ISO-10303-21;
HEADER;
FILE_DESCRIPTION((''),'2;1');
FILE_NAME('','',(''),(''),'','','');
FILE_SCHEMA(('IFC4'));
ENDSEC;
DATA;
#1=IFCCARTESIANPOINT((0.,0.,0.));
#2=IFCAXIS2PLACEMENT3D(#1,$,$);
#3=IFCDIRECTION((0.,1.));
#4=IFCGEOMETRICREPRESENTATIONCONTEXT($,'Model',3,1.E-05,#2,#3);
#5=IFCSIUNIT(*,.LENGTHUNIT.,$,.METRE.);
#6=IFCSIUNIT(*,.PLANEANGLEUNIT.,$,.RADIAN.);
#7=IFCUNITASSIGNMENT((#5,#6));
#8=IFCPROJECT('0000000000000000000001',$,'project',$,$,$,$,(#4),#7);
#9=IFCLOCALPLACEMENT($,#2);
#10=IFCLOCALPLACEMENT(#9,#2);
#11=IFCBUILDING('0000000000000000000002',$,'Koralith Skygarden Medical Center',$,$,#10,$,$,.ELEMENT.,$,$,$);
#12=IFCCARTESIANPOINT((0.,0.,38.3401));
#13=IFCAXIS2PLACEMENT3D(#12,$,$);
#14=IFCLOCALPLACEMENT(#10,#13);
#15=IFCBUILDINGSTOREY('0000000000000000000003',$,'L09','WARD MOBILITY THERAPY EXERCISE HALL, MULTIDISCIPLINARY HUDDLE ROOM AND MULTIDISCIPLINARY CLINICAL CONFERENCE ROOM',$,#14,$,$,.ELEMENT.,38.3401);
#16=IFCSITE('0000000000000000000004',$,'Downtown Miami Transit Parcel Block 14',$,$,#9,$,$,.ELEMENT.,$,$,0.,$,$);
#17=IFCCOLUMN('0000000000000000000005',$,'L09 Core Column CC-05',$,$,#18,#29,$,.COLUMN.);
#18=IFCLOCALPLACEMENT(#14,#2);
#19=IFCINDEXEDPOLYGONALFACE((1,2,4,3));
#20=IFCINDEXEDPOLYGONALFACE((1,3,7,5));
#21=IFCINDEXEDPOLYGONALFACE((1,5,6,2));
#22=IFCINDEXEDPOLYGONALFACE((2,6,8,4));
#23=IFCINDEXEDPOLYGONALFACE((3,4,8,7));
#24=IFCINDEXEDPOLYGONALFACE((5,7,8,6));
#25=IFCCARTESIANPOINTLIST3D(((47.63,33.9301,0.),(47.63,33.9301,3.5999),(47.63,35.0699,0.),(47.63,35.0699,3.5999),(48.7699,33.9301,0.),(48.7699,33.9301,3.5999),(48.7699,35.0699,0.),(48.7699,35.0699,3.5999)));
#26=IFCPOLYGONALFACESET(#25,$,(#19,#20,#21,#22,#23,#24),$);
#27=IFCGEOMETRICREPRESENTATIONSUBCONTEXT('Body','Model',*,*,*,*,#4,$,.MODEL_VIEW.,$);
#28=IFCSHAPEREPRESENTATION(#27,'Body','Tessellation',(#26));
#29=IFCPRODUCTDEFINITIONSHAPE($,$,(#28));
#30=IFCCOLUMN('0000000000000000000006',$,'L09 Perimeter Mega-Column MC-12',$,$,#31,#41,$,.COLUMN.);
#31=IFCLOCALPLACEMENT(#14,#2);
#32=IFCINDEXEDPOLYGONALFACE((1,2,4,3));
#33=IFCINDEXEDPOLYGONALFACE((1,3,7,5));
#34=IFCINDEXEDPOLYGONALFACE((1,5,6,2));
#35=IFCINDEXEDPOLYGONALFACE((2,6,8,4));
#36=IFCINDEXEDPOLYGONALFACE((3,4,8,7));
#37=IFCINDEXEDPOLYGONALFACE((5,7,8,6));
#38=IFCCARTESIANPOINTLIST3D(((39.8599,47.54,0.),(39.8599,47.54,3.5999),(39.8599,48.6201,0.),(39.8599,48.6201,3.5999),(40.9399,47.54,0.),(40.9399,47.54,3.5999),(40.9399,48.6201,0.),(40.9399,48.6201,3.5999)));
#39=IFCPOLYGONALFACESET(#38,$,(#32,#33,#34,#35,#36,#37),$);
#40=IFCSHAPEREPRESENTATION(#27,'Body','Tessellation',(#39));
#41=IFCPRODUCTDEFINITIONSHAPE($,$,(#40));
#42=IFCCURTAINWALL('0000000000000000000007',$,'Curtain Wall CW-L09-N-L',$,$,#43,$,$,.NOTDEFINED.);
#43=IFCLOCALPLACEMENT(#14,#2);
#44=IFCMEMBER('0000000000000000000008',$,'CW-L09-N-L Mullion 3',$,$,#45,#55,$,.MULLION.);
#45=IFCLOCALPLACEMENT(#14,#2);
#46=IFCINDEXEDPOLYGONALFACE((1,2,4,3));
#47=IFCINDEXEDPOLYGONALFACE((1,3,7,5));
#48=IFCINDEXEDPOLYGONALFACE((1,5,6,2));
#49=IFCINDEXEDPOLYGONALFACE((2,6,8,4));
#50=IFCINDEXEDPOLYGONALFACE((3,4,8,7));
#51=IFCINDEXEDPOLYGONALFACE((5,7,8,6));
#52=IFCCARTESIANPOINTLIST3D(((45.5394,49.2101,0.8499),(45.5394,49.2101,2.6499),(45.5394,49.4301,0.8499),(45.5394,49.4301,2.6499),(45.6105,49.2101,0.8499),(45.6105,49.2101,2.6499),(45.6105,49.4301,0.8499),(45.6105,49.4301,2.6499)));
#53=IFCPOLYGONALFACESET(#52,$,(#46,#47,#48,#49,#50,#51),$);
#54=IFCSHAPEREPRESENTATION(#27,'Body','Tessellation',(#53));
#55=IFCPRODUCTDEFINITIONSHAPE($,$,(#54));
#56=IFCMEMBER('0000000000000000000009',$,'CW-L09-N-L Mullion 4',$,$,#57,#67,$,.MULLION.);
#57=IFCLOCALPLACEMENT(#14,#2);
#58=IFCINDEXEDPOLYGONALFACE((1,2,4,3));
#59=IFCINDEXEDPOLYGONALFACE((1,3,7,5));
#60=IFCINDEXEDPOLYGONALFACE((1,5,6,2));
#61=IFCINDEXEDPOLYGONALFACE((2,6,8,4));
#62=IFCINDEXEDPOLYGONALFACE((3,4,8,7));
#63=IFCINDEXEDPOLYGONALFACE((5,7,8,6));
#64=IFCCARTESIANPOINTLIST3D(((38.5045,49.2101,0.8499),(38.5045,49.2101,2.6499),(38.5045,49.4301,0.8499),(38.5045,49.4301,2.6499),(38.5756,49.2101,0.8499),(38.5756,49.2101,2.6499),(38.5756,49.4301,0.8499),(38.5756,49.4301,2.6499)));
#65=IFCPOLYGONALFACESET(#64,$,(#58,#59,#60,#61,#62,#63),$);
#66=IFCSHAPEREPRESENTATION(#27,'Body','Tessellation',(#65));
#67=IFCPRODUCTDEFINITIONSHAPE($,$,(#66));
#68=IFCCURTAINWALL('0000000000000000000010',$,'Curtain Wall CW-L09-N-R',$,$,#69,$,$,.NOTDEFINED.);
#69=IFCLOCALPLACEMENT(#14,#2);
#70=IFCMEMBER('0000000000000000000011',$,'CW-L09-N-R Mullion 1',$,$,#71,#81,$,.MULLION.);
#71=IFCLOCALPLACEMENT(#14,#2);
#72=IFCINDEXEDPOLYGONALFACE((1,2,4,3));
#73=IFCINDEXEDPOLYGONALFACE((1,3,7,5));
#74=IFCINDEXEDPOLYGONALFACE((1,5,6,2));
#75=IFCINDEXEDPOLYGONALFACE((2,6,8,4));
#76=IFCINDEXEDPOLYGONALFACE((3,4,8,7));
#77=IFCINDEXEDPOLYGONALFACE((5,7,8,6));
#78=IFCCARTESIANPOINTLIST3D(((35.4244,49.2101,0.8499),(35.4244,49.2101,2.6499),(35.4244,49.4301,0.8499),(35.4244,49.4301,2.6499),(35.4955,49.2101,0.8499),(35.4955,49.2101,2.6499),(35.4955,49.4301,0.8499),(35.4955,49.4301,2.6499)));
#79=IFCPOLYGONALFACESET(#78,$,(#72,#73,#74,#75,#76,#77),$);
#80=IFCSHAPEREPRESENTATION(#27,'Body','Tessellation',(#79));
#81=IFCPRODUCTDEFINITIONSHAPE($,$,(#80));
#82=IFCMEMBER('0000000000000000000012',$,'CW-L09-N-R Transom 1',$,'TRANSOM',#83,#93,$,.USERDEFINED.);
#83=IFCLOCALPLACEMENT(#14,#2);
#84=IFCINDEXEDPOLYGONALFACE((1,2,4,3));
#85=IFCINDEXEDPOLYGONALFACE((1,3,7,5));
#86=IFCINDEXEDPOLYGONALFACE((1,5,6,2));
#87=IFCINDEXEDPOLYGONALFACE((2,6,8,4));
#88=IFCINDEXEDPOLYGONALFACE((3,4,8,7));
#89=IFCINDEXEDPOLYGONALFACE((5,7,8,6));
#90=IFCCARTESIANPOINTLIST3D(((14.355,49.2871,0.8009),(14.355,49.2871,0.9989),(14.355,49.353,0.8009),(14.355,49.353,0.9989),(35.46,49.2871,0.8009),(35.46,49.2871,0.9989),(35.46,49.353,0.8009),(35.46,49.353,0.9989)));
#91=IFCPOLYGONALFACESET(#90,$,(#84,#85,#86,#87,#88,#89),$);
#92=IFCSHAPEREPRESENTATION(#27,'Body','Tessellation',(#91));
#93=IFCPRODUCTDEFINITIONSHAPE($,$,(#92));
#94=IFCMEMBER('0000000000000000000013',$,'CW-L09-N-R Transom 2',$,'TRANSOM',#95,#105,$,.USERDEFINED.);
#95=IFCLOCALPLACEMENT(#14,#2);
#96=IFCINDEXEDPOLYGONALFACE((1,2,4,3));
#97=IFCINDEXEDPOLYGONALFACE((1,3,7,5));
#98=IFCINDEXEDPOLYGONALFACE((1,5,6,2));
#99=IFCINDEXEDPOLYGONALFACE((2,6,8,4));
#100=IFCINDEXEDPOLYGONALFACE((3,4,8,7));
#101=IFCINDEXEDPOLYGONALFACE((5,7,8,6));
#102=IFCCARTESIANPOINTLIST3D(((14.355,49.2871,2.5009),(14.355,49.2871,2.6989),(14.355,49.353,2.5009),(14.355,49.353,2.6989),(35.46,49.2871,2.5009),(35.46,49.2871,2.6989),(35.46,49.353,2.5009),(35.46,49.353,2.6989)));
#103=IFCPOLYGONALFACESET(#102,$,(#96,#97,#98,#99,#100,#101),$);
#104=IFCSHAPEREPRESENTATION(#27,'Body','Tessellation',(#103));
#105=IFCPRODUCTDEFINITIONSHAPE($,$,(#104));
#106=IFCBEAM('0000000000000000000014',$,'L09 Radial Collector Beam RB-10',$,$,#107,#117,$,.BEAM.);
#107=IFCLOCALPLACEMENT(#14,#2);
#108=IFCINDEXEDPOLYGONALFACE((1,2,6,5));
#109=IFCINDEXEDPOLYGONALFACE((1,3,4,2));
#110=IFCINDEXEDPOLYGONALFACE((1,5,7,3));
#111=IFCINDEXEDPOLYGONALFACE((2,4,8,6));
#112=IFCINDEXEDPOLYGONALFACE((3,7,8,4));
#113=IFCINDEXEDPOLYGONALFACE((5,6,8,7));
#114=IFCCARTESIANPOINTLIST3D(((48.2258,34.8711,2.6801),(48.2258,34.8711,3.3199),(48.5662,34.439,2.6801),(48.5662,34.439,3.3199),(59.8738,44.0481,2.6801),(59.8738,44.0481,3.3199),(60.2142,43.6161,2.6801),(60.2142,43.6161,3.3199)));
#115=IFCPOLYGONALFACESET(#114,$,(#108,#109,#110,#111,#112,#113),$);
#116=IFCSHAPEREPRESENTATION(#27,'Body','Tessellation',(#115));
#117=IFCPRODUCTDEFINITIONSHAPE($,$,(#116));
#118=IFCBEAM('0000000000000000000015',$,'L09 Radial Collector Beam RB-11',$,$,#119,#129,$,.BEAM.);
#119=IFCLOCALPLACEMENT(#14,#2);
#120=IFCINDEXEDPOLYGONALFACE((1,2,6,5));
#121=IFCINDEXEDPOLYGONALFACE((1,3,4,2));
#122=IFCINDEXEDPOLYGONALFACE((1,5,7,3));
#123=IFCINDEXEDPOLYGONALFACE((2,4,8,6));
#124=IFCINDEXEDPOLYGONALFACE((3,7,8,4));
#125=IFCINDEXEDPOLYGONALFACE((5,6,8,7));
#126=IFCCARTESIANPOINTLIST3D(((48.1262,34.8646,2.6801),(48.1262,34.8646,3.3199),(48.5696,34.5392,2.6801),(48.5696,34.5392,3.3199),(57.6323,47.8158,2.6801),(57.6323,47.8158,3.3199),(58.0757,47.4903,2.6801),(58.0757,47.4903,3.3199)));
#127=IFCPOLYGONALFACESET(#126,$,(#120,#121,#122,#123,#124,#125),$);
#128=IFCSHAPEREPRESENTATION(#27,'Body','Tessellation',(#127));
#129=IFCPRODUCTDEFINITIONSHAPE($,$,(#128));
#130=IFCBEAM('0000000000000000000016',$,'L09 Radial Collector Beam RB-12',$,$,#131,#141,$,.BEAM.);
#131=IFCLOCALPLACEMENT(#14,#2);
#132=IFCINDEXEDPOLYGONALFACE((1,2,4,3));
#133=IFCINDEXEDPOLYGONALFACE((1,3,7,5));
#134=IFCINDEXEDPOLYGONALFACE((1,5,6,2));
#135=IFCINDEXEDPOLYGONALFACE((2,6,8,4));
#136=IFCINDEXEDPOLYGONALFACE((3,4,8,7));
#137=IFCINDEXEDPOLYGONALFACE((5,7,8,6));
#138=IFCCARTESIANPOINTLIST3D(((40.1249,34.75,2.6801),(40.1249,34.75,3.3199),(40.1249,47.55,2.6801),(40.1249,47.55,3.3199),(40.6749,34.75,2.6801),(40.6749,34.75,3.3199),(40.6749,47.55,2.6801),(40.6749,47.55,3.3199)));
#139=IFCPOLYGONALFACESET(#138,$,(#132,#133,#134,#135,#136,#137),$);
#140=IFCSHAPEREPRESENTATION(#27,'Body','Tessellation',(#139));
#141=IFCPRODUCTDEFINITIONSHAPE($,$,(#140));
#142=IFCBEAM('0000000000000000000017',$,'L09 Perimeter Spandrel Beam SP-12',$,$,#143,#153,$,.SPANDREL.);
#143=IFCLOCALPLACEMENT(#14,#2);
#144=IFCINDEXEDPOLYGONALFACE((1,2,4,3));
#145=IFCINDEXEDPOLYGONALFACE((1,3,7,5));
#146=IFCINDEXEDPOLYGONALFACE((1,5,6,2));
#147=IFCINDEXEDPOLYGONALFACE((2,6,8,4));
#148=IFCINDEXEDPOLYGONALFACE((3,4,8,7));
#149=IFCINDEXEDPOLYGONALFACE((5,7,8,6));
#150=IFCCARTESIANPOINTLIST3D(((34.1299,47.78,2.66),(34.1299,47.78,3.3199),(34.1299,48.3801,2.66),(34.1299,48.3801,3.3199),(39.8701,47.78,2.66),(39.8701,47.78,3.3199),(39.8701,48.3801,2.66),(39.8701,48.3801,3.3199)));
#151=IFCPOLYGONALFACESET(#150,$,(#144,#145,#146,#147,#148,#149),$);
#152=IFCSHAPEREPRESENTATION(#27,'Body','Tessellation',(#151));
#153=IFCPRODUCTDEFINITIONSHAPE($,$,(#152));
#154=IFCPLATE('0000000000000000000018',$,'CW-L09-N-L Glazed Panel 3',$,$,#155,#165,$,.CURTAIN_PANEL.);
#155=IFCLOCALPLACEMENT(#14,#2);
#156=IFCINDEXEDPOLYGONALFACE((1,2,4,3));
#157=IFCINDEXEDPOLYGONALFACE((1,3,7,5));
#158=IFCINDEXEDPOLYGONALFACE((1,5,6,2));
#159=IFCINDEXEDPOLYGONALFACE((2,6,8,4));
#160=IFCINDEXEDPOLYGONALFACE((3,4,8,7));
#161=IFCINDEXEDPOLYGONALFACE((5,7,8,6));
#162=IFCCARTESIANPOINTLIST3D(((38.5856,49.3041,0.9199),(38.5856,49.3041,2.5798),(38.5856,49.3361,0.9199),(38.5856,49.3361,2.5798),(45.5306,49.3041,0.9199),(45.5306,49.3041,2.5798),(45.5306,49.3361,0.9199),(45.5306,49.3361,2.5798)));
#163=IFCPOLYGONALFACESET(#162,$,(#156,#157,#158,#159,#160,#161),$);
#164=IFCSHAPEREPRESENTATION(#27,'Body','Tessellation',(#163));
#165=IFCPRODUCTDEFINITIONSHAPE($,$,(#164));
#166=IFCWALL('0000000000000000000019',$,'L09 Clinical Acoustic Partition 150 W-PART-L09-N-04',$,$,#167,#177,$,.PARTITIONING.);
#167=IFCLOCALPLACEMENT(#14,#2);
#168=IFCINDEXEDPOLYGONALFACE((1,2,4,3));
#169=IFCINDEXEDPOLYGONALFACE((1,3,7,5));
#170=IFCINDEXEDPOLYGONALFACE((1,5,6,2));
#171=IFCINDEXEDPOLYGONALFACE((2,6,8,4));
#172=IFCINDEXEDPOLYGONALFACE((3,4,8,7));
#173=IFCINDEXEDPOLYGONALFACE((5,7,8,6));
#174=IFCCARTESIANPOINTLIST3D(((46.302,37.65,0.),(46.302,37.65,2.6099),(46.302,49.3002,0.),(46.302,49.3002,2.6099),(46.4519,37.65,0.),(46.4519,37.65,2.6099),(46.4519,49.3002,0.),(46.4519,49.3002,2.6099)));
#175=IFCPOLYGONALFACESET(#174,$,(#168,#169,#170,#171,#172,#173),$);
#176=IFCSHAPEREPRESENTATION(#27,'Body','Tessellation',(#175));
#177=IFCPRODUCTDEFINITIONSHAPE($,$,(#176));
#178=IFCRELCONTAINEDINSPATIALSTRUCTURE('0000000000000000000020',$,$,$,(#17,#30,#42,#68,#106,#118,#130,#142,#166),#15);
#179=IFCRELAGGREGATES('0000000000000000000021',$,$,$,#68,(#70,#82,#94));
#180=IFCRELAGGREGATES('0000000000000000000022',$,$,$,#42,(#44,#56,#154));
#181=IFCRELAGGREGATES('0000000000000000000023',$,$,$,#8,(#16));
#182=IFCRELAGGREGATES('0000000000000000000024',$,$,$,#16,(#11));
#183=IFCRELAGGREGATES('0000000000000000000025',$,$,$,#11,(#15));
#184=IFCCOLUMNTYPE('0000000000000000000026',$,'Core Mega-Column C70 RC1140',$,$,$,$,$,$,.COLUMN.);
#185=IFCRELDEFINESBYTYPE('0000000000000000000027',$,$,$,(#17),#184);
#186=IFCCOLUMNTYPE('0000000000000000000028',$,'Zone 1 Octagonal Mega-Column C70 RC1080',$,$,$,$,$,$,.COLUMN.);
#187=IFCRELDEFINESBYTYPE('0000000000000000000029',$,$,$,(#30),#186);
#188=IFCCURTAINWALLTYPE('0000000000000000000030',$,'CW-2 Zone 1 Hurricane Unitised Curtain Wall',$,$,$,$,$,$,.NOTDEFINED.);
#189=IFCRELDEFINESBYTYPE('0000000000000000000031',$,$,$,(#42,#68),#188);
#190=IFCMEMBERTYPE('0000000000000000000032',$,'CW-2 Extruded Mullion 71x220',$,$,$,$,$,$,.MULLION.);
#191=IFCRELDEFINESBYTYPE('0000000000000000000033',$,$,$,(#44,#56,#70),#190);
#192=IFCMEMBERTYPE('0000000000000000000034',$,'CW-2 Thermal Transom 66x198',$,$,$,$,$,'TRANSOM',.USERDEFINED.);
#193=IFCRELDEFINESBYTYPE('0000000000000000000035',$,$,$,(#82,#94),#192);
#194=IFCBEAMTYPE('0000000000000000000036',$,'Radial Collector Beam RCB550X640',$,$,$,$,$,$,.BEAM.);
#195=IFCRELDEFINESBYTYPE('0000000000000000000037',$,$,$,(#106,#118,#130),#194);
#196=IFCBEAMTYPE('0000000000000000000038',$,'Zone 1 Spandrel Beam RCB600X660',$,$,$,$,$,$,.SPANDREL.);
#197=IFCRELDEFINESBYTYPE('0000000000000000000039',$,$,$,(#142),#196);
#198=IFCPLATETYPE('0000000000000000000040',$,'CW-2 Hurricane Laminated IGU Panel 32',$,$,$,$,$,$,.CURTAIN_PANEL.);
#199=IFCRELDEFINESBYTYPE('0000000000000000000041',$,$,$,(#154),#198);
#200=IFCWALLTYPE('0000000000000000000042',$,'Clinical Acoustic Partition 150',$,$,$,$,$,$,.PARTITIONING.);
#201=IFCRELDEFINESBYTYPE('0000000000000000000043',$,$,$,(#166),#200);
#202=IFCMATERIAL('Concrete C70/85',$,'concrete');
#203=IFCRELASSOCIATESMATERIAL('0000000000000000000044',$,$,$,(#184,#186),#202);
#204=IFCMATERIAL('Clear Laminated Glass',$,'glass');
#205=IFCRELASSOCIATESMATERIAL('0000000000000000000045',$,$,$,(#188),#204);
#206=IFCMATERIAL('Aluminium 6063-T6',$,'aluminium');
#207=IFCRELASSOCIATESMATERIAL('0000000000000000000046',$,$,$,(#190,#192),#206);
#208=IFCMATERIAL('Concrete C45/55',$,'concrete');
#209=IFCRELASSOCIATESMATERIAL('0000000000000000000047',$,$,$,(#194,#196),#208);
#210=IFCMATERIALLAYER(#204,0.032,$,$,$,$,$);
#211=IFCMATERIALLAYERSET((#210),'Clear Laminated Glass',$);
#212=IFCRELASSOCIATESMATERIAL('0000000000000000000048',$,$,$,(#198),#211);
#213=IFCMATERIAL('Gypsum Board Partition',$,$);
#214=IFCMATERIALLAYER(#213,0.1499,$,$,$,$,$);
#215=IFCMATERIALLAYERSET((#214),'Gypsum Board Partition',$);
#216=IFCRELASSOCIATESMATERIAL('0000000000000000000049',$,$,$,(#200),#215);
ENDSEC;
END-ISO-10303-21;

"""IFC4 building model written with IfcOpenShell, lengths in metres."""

from ifc_helpers import new_model, si_unit, direction, frame, frame_2d, origin, origin_2d, place, context, subcontext, project, spatial, rectangle, extrude, material, layer, layer_set, material_profile, profile_set, type_object, element, aggregate, save


model = new_model("IFC4")

# Units and contexts
model_context = context("Model", 3, precision=1e-05, world=origin(), true_north=direction((0.0, 1.0)))
body_context = subcontext(model_context, "Body", "Model", "MODEL_VIEW")
ifc_project = project(units=[si_unit("LENGTHUNIT", "METRE"), si_unit("PLANEANGLEUNIT", "RADIAN")], contexts=[model_context])

# Site, building, storey
site_placement = place(None, origin())
site = spatial("IfcSite", under=ifc_project, at=site_placement, Name="Downtown Miami Transit Parcel Block 14", CompositionType="ELEMENT", RefElevation=0.0)
building_placement = place(site_placement, origin())
building = spatial("IfcBuilding", under=site, at=building_placement, Name="Koralith Skygarden Medical Center", CompositionType="ELEMENT")
storey_placement = place(building_placement, frame((0.0, 0.0, 38.3401)))
storey = spatial("IfcBuildingStorey", under=building, at=storey_placement, Name="L09", Description="WARD MOBILITY THERAPY EXERCISE HALL, MULTIDISCIPLINARY HUDDLE ROOM AND MULTIDISCIPLINARY CLINICAL CONFERENCE ROOM", CompositionType="ELEMENT", Elevation=38.3401)

# Columns
ifc_material_1 = material(Name="Concrete C70/85", Category="concrete")
ifc_material_profile_1 = material_profile(ifc_material_1, rectangle(XDim=1.1399, YDim=1.1399, at=origin_2d()), Name="RC1140X1140")
ifc_profile_set_1 = profile_set([ifc_material_profile_1], Name="Concrete C70/85")
column_type_1 = type_object("IfcColumnType", Name="Core Mega-Column C70 RC1140", PredefinedType="COLUMN", material=ifc_profile_set_1)
column_1_placement = place(storey_placement, frame((48.2, 34.5, 0.0), z_axis=(0.0, 0.0, 1.0), x_axis=(1.0, 0.0, 0.0)))
element("IfcColumn", 1, at=column_1_placement, inside=storey, type_object=column_type_1, Name="L09 Core Column CC-05", PredefinedType="COLUMN", context=body_context, shape_type="SweptSolid", body=[
    extrude(rectangle(XDim=1.1399, YDim=1.1399, at=origin_2d()), origin(), (0.0, 0.0, 1.0), 3.5999),
])
ifc_material_profile_2 = material_profile(ifc_material_1, rectangle(XDim=1.0801, YDim=1.0801, at=origin_2d()), Name="RC1080X1080")
ifc_profile_set_2 = profile_set([ifc_material_profile_2], Name="Concrete C70/85")
column_type_2 = type_object("IfcColumnType", Name="Zone 1 Octagonal Mega-Column C70 RC1080", PredefinedType="COLUMN", material=ifc_profile_set_2)
column_2_placement = place(storey_placement, frame((40.3999, 48.0801, 0.0), z_axis=(0.0, 0.0, 1.0), x_axis=(1.0, 0.0, 0.0)))
element("IfcColumn", 2, at=column_2_placement, inside=storey, type_object=column_type_2, Name="L09 Perimeter Mega-Column MC-12", PredefinedType="COLUMN", context=body_context, shape_type="SweptSolid", body=[
    extrude(rectangle(XDim=1.0801, YDim=1.0801, at=origin_2d()), origin(), (0.0, 0.0, 1.0), 3.5999),
])

# Curtain walls, members
ifc_material_2 = material(Name="Clear Laminated Glass", Category="glass")
curtain_wall_type = type_object("IfcCurtainWallType", Name="CW-2 Zone 1 Hurricane Unitised Curtain Wall", PredefinedType="NOTDEFINED", material=ifc_material_2)
curtain_wall_1_placement = place(storey_placement, origin())
curtain_wall_1 = element("IfcCurtainWall", 3, at=curtain_wall_1_placement, inside=storey, type_object=curtain_wall_type, Name="Curtain Wall CW-L09-N-L", PredefinedType="NOTDEFINED")
ifc_material_3 = material(Name="Aluminium 6063-T6", Category="aluminium")
ifc_material_profile_3 = material_profile(ifc_material_3, rectangle(XDim=0.071, YDim=0.22, at=origin_2d()), Name="MUL71X220")
ifc_profile_set_3 = profile_set([ifc_material_profile_3], Name="Aluminium 6063-T6")
member_type_1 = type_object("IfcMemberType", Name="CW-2 Extruded Mullion 71x220", PredefinedType="MULLION", material=ifc_profile_set_3)
member_1_placement = place(storey_placement, frame((45.575, 49.3201, 0.8499), z_axis=(0.0, 0.0, 1.0), x_axis=(1.0, 0.0, 0.0)))
member_1 = element("IfcMember", 4, at=member_1_placement, type_object=member_type_1, Name="CW-L09-N-L Mullion 3", PredefinedType="MULLION", context=body_context, shape_type="SweptSolid", body=[
    extrude(rectangle(XDim=0.071, YDim=0.22, at=origin_2d()), origin(), (0.0, 0.0, 1.0), 1.8),
])
member_2_placement = place(storey_placement, frame((38.54, 49.3201, 0.8499), z_axis=(0.0, 0.0, 1.0), x_axis=(1.0, 0.0, 0.0)))
member_2 = element("IfcMember", 5, at=member_2_placement, type_object=member_type_1, Name="CW-L09-N-L Mullion 4", PredefinedType="MULLION", context=body_context, shape_type="SweptSolid", body=[
    extrude(rectangle(XDim=0.071, YDim=0.22, at=origin_2d()), origin(), (0.0, 0.0, 1.0), 1.8),
])
curtain_wall_2_placement = place(storey_placement, origin())
curtain_wall_2 = element("IfcCurtainWall", 6, at=curtain_wall_2_placement, inside=storey, type_object=curtain_wall_type, Name="Curtain Wall CW-L09-N-R", PredefinedType="NOTDEFINED")
member_3_placement = place(storey_placement, frame((35.46, 49.3201, 0.8499), z_axis=(0.0, 0.0, 1.0), x_axis=(1.0, 0.0, 0.0)))
member_3 = element("IfcMember", 7, at=member_3_placement, type_object=member_type_1, Name="CW-L09-N-R Mullion 1", PredefinedType="MULLION", context=body_context, shape_type="SweptSolid", body=[
    extrude(rectangle(XDim=0.071, YDim=0.22, at=origin_2d()), origin(), (0.0, 0.0, 1.0), 1.8),
])
ifc_material_profile_4 = material_profile(ifc_material_3, rectangle(XDim=0.0659, YDim=0.198, at=origin_2d()), Name="TRN66X198")
ifc_profile_set_4 = profile_set([ifc_material_profile_4], Name="Aluminium 6063-T6")
member_type_2 = type_object("IfcMemberType", Name="CW-2 Thermal Transom 66x198", ElementType="TRANSOM", PredefinedType="USERDEFINED", material=ifc_profile_set_4)
member_4_placement = place(storey_placement, frame((35.46, 49.3201, 0.8999), z_axis=(-1.0, 0.0, 0.0), x_axis=(0.0, -1.0, 0.0)))
member_4 = element("IfcMember", 8, at=member_4_placement, type_object=member_type_2, Name="CW-L09-N-R Transom 1", ObjectType="TRANSOM", PredefinedType="USERDEFINED", context=body_context, shape_type="SweptSolid", body=[
    extrude(rectangle(XDim=0.0659, YDim=0.198, at=origin_2d()), origin(), (0.0, 0.0, 1.0), 21.105),
])
member_5_placement = place(storey_placement, frame((35.46, 49.3201, 2.5999), z_axis=(-1.0, 0.0, 0.0), x_axis=(0.0, -1.0, 0.0)))
member_5 = element("IfcMember", 9, at=member_5_placement, type_object=member_type_2, Name="CW-L09-N-R Transom 2", ObjectType="TRANSOM", PredefinedType="USERDEFINED", context=body_context, shape_type="SweptSolid", body=[
    extrude(rectangle(XDim=0.0659, YDim=0.198, at=origin_2d()), origin(), (0.0, 0.0, 1.0), 21.105),
])
aggregate(curtain_wall_2, [member_3, member_4, member_5])

# Beams
ifc_material_4 = material(Name="Concrete C45/55", Category="concrete")
ifc_material_profile_5 = material_profile(ifc_material_4, rectangle(XDim=0.55, YDim=0.6399, at=origin_2d()), Name="RCB550X640")
ifc_profile_set_5 = profile_set([ifc_material_profile_5], Name="Concrete C45/55")
beam_type_1 = type_object("IfcBeamType", Name="Radial Collector Beam RCB550X640", PredefinedType="BEAM", material=ifc_profile_set_5)
beam_1_placement = place(storey_placement, frame((48.396, 34.655, 3.0), z_axis=(0.785497, 0.618865, 0.0), x_axis=(-0.618865, 0.785497, 0.0)))
element("IfcBeam", 10, at=beam_1_placement, inside=storey, type_object=beam_type_1, Name="L09 Radial Collector Beam RB-10", PredefinedType="BEAM", context=body_context, shape_type="SweptSolid", body=[
    extrude(rectangle(XDim=0.55, YDim=0.6399, at=origin_2d()), origin(), (0.0, 0.0, 1.0), 14.8289),
])
beam_2_placement = place(storey_placement, frame((48.3479, 34.7019, 3.0), z_axis=(0.591711, 0.80615, 0.0), x_axis=(-0.80615, 0.591711, 0.0)))
element("IfcBeam", 11, at=beam_2_placement, inside=storey, type_object=beam_type_1, Name="L09 Radial Collector Beam RB-11", PredefinedType="BEAM", context=body_context, shape_type="SweptSolid", body=[
    extrude(rectangle(XDim=0.55, YDim=0.6399, at=origin_2d()), origin(), (0.0, 0.0, 1.0), 16.0654),
])
beam_3_placement = place(storey_placement, frame((40.3999, 34.75, 3.0), z_axis=(0.0, 1.0, 0.0), x_axis=(-1.0, 0.0, 0.0)))
element("IfcBeam", 12, at=beam_3_placement, inside=storey, type_object=beam_type_1, Name="L09 Radial Collector Beam RB-12", PredefinedType="BEAM", context=body_context, shape_type="SweptSolid", body=[
    extrude(rectangle(XDim=0.55, YDim=0.6399, at=origin_2d()), origin(), (0.0, 0.0, 1.0), 12.8),
])
ifc_material_profile_6 = material_profile(ifc_material_4, rectangle(XDim=0.6001, YDim=0.6599, at=origin_2d()), Name="RCB600X660")
ifc_profile_set_6 = profile_set([ifc_material_profile_6], Name="Concrete C45/55")
beam_type_2 = type_object("IfcBeamType", Name="Zone 1 Spandrel Beam RCB600X660", PredefinedType="SPANDREL", material=ifc_profile_set_6)
beam_4_placement = place(storey_placement, frame((39.8701, 48.0801, 2.99), z_axis=(-1.0, 0.0, 0.0), x_axis=(0.0, -1.0, 0.0)))
element("IfcBeam", 13, at=beam_4_placement, inside=storey, type_object=beam_type_2, Name="L09 Perimeter Spandrel Beam SP-12", PredefinedType="SPANDREL", context=body_context, shape_type="SweptSolid", body=[
    extrude(rectangle(XDim=0.6001, YDim=0.6599, at=origin_2d()), origin(), (0.0, 0.0, 1.0), 5.7402),
])

# Plate
ifc_layer_1 = layer(ifc_material_2, 0.032)
ifc_layer_set_1 = layer_set([ifc_layer_1], Name="Clear Laminated Glass")
plate_type = type_object("IfcPlateType", Name="CW-2 Hurricane Laminated IGU Panel 32", PredefinedType="CURTAIN_PANEL", material=ifc_layer_set_1)
plate_placement = place(storey_placement, frame((42.0581, 49.3201, 0.9199), z_axis=(0.0, 0.0, 1.0), x_axis=(-1.0, 0.0, 0.0)))
plate = element("IfcPlate", 14, at=plate_placement, type_object=plate_type, Name="CW-L09-N-L Glazed Panel 3", PredefinedType="CURTAIN_PANEL", context=body_context, shape_type="SweptSolid", body=[
    extrude(rectangle(XDim=6.9451, YDim=0.032, at=origin_2d()), origin(), (0.0, 0.0, 1.0), 1.6599),
])
aggregate(curtain_wall_1, [member_1, member_2, plate])

# Wall
ifc_material_5 = material(Name="Gypsum Board Partition")
ifc_layer_2 = layer(ifc_material_5, 0.1499)
ifc_layer_set_2 = layer_set([ifc_layer_2], Name="Gypsum Board Partition")
wall_type_1 = type_object("IfcWallType", Name="Clinical Acoustic Partition 150", PredefinedType="PARTITIONING", material=ifc_layer_set_2)
wall_1_placement = place(storey_placement, frame((46.377, 37.6499, 0.0), z_axis=(0.0, 0.0, 1.0), x_axis=(0.0, 1.0, 0.0)))
element("IfcWall", 15, at=wall_1_placement, inside=storey, type_object=wall_type_1, Name="L09 Clinical Acoustic Partition 150 W-PART-L09-N-04", PredefinedType="PARTITIONING", context=body_context, shape_type="SweptSolid", body=[
    extrude(rectangle(XDim=11.6501, YDim=0.1499, at=frame_2d((5.8252, 0.0))), origin(), (0.0, 0.0, 1.0), 2.6099),
])

save(model, "model.ifc")
